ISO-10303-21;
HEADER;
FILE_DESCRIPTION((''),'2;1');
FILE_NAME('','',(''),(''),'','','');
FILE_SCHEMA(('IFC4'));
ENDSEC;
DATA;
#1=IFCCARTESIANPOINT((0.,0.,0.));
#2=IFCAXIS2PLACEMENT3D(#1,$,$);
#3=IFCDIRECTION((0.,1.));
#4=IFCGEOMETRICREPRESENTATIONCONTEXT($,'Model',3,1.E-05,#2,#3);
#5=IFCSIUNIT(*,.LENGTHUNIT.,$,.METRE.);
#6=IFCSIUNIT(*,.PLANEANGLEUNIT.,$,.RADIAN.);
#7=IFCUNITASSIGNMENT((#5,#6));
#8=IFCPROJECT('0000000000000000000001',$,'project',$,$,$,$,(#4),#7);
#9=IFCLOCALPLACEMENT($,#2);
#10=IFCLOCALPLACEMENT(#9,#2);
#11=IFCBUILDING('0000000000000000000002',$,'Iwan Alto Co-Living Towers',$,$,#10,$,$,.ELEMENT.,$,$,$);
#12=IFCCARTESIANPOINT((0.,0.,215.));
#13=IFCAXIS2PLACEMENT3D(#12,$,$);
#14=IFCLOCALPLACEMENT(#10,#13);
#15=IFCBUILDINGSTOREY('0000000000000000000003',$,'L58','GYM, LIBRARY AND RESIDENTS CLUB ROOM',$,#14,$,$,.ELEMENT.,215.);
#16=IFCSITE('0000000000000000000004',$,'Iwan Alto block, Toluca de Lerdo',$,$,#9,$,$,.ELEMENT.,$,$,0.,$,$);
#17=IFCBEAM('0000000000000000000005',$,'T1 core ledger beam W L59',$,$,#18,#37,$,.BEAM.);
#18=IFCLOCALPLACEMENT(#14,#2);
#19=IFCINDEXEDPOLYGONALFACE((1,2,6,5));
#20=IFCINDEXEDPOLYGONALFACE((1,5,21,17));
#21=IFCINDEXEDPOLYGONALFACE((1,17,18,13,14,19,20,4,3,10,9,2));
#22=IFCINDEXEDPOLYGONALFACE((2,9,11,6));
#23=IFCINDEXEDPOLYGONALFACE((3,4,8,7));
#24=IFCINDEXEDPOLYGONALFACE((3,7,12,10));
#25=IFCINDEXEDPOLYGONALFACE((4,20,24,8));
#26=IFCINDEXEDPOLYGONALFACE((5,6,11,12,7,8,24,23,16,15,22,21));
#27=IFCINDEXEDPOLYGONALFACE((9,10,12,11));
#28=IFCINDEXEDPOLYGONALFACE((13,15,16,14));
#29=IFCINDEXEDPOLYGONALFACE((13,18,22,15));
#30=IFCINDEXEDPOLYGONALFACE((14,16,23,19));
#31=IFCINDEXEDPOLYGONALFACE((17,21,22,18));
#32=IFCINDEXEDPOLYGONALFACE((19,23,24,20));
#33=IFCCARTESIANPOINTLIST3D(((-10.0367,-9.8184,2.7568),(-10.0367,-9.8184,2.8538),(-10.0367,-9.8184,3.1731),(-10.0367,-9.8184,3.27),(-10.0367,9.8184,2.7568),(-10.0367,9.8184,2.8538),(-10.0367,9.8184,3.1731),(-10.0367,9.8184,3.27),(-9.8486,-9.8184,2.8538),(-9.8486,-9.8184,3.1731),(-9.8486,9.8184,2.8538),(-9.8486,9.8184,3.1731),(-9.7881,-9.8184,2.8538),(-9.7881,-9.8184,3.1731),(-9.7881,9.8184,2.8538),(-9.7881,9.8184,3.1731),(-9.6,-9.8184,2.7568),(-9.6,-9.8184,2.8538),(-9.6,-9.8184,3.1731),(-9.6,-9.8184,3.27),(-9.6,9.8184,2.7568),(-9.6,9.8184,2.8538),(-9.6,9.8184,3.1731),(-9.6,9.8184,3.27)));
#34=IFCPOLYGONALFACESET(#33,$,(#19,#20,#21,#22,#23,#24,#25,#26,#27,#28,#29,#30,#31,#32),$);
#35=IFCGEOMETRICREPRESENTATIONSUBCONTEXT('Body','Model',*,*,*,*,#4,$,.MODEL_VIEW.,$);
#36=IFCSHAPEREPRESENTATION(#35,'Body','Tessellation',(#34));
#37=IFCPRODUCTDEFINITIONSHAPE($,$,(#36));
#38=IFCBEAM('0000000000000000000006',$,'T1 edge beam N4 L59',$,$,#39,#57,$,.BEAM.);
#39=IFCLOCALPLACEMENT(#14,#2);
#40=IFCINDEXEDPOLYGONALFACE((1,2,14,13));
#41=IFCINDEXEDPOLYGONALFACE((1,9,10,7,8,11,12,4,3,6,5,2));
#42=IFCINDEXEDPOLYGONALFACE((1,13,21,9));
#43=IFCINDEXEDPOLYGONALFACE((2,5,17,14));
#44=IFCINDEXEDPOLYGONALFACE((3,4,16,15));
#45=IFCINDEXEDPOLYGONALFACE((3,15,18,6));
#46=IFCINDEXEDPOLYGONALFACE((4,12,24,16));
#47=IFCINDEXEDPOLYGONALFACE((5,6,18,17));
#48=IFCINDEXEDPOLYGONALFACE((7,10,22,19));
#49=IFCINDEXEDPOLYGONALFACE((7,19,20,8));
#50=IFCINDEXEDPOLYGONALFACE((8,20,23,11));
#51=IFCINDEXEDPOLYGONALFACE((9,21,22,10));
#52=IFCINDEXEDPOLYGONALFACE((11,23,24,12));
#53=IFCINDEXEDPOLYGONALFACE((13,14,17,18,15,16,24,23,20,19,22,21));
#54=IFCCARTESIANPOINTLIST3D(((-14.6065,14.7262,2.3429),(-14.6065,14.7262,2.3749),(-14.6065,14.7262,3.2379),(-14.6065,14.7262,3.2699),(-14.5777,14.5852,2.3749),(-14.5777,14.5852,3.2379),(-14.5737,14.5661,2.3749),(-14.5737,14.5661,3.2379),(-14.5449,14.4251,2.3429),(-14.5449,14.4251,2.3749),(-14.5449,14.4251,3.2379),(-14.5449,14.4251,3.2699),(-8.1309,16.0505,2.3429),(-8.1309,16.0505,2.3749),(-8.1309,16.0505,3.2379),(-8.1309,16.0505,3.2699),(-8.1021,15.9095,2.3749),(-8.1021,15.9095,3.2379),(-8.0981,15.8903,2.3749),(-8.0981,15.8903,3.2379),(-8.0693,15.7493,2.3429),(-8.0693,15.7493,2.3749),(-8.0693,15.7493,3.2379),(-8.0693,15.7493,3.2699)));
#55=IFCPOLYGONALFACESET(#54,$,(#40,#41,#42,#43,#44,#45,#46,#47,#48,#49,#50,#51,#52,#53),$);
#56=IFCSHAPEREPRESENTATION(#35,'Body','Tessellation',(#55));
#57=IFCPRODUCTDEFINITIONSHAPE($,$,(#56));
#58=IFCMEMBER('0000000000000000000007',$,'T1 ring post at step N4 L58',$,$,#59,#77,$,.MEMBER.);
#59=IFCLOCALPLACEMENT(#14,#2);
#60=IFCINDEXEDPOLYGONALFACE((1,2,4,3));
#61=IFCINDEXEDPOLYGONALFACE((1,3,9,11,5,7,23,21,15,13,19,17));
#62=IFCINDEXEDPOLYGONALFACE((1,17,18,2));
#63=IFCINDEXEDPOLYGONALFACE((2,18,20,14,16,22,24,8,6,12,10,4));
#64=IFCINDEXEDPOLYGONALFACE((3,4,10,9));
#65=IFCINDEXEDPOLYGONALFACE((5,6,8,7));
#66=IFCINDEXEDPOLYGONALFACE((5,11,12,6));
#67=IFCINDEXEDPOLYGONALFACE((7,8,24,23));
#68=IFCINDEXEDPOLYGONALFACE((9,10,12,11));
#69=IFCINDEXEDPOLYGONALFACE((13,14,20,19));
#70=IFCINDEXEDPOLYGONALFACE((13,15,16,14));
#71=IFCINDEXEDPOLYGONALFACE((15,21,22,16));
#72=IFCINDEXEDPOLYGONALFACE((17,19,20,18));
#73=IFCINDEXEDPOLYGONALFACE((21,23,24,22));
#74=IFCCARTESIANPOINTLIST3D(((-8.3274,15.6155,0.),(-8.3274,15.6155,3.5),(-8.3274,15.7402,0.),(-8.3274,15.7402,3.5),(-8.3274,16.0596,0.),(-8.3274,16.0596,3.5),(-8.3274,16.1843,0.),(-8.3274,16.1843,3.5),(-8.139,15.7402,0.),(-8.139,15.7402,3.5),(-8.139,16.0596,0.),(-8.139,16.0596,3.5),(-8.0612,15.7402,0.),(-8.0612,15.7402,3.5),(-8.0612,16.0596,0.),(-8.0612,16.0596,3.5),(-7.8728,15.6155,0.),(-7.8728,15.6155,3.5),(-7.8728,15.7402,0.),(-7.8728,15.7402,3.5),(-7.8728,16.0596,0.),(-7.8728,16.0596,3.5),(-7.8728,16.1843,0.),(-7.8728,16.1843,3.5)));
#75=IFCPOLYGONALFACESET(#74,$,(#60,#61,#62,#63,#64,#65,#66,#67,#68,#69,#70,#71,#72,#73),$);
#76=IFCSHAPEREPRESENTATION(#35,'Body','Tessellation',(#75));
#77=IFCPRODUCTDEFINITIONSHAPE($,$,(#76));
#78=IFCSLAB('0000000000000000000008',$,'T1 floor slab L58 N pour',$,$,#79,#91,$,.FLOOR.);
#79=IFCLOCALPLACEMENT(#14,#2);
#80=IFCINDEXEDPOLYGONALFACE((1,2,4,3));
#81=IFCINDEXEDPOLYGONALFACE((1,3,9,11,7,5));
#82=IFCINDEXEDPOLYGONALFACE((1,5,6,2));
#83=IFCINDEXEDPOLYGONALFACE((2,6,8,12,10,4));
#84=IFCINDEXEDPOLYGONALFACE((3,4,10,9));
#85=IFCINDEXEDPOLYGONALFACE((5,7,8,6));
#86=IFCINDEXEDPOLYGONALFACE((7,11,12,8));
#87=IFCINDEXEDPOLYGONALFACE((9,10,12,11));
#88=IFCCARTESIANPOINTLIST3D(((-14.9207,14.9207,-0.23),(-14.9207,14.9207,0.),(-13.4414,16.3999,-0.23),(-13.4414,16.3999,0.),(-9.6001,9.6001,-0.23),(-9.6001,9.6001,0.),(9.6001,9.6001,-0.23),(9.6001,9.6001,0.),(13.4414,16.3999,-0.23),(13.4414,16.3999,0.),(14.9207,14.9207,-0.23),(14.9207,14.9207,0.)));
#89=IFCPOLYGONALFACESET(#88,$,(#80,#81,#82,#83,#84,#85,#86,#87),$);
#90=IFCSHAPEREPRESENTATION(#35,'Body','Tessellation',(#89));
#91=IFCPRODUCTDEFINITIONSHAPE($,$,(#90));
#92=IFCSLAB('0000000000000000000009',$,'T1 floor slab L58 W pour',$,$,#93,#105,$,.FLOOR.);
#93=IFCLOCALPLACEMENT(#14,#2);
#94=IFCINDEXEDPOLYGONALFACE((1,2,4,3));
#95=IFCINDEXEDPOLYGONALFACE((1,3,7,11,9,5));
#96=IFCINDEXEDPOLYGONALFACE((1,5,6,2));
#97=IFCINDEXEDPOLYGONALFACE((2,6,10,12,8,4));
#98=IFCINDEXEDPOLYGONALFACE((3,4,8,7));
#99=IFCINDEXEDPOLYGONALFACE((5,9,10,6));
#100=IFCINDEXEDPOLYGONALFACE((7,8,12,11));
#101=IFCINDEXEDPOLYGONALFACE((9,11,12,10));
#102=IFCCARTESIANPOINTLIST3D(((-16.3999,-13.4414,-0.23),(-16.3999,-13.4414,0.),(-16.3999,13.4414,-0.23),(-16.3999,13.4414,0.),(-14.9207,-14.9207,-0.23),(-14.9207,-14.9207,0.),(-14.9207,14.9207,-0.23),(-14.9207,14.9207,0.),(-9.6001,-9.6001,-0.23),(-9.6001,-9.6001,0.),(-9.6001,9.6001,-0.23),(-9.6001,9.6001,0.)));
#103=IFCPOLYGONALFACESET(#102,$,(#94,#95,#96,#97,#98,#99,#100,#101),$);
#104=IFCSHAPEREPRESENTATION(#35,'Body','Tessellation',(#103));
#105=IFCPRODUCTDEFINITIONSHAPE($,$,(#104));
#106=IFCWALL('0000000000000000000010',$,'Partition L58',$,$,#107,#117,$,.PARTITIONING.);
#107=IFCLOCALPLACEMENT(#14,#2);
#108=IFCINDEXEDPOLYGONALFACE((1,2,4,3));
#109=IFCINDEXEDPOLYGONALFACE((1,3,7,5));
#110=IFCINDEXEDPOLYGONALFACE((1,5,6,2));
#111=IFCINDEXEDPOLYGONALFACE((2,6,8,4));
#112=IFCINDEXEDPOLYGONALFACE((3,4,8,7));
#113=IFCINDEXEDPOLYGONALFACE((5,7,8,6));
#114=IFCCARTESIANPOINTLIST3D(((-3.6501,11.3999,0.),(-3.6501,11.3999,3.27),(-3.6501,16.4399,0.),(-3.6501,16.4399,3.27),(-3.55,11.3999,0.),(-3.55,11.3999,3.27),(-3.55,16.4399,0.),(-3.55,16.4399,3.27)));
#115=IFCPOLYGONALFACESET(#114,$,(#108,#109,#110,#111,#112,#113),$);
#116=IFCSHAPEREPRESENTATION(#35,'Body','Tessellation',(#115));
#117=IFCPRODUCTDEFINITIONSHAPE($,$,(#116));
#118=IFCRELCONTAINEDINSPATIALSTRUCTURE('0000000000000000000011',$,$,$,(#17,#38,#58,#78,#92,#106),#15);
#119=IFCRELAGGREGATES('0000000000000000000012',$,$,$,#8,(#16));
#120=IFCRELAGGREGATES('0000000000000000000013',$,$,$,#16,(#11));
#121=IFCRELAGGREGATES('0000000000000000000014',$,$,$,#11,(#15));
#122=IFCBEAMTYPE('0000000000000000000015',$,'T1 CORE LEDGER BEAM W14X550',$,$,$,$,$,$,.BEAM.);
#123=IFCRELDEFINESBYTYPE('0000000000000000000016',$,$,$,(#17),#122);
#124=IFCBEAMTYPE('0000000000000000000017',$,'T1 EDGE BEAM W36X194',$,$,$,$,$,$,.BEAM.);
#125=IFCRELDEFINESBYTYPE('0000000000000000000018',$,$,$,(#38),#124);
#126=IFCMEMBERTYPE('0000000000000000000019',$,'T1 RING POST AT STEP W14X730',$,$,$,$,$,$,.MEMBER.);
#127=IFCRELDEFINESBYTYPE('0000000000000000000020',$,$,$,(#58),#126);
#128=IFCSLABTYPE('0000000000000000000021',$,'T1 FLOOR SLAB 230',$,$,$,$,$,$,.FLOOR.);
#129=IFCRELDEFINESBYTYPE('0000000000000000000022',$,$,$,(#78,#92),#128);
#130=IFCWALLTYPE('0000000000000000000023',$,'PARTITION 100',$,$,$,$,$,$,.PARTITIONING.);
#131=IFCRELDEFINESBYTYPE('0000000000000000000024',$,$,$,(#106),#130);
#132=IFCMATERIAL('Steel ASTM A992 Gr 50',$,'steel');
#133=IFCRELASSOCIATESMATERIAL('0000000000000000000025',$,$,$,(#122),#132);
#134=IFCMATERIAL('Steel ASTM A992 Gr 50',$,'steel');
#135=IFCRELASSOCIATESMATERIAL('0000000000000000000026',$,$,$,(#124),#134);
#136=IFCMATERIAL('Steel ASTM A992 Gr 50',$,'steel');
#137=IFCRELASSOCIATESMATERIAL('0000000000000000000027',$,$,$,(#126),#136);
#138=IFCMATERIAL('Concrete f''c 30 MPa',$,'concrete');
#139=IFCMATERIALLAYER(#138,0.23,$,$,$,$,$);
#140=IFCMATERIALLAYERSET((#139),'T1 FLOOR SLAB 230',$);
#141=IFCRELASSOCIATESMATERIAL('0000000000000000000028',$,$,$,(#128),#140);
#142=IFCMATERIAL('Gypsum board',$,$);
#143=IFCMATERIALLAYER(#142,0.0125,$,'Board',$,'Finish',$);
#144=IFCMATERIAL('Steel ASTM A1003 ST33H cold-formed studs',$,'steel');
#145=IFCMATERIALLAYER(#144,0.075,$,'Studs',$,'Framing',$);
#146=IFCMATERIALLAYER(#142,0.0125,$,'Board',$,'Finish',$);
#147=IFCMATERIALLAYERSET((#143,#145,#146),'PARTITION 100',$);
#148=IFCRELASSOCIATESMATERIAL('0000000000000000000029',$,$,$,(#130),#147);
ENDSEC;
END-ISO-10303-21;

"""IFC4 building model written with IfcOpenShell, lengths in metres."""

from ifc_helpers import new_model, si_unit, direction, frame, frame_2d, origin, origin_2d, place, context, subcontext, project, spatial, polyline, rectangle, i_section, outline, extrude, material, layer, layer_set, material_profile, profile_set, type_object, element, save


model = new_model("IFC4")

# Units and contexts
model_context = context("Model", 3, precision=1e-05, world=origin(), true_north=direction((0.0, 1.0)))
body_context = subcontext(model_context, "Body", "Model", "MODEL_VIEW")
ifc_project = project(units=[si_unit("LENGTHUNIT", "METRE"), si_unit("PLANEANGLEUNIT", "RADIAN")], contexts=[model_context])

# Site, building, storey
site_placement = place(None, origin())
site = spatial("IfcSite", under=ifc_project, at=site_placement, Name="Iwan Alto block, Toluca de Lerdo", CompositionType="ELEMENT", RefElevation=0.0)
building_placement = place(site_placement, origin())
building = spatial("IfcBuilding", under=site, at=building_placement, Name="Iwan Alto Co-Living Towers", CompositionType="ELEMENT")
storey_placement = place(building_placement, frame((0.0, 0.0, 215.0)))
storey = spatial("IfcBuildingStorey", under=building, at=storey_placement, Name="L58", Description="GYM, LIBRARY AND RESIDENTS CLUB ROOM", CompositionType="ELEMENT", Elevation=215.0)

# Beams
ifc_material_1 = material(Name="Steel ASTM A992 Gr 50", Category="steel")
ifc_material_profile_1 = material_profile(ifc_material_1, i_section(OverallWidth=0.4368, OverallDepth=0.5132, WebThickness=0.0605, FlangeThickness=0.0969, at=origin_2d()), Name="W14X550")
ifc_profile_set_1 = profile_set([ifc_material_profile_1], Name="Steel ASTM A992 Gr 50")
beam_type_1 = type_object("IfcBeamType", Name="T1 CORE LEDGER BEAM W14X550", PredefinedType="BEAM", material=ifc_profile_set_1)
beam_1_placement = place(storey_placement, frame((-9.8184, 9.8184, 3.0134), z_axis=(0.0, -1.0, 0.0), x_axis=(1.0, 0.0, 0.0)))
element("IfcBeam", 1, at=beam_1_placement, inside=storey, type_object=beam_type_1, Name="T1 core ledger beam W L59", PredefinedType="BEAM", context=body_context, shape_type="SweptSolid", body=[
    extrude(i_section(OverallWidth=0.4368, OverallDepth=0.5132, WebThickness=0.0605, FlangeThickness=0.0969, at=origin_2d()), origin(), (0.0, 0.0, 1.0), 19.6367),
])
ifc_material_2 = material(Name="Steel ASTM A992 Gr 50", Category="steel")
ifc_material_profile_2 = material_profile(ifc_material_2, i_section(OverallWidth=0.3074, OverallDepth=0.927, WebThickness=0.0195, FlangeThickness=0.032, at=origin_2d()), Name="W36X194")
ifc_profile_set_2 = profile_set([ifc_material_profile_2], Name="Steel ASTM A992 Gr 50")
beam_type_2 = type_object("IfcBeamType", Name="T1 EDGE BEAM W36X194", PredefinedType="BEAM", material=ifc_profile_set_2)
beam_2_placement = place(storey_placement, frame((-8.1001, 15.8999, 2.8064), z_axis=(-0.979725, -0.200348, 0.0), x_axis=(0.200348, -0.979725, 0.0)))
element("IfcBeam", 2, at=beam_2_placement, inside=storey, type_object=beam_type_2, Name="T1 edge beam N4 L59", PredefinedType="BEAM", context=body_context, shape_type="SweptSolid", body=[
    extrude(i_section(OverallWidth=0.3074, OverallDepth=0.927, WebThickness=0.0195, FlangeThickness=0.032, at=origin_2d()), origin(), (0.0, 0.0, 1.0), 6.6096),
])

# Member
ifc_material_3 = material(Name="Steel ASTM A992 Gr 50", Category="steel")
ifc_material_profile_3 = material_profile(ifc_material_3, i_section(OverallWidth=0.4546, OverallDepth=0.5688, WebThickness=0.0779, FlangeThickness=0.1248, at=origin_2d()), Name="W14X730")
ifc_profile_set_3 = profile_set([ifc_material_profile_3], Name="Steel ASTM A992 Gr 50")
member_type = type_object("IfcMemberType", Name="T1 RING POST AT STEP W14X730", PredefinedType="MEMBER", material=ifc_profile_set_3)
member_placement = place(storey_placement, frame((-8.1001, 15.8999, 0.0), z_axis=(0.0, 0.0, 1.0), x_axis=(1.0, 0.0, 0.0)))
element("IfcMember", 3, at=member_placement, inside=storey, type_object=member_type, Name="T1 ring post at step N4 L58", PredefinedType="MEMBER", context=body_context, shape_type="SweptSolid", body=[
    extrude(i_section(OverallWidth=0.4546, OverallDepth=0.5688, WebThickness=0.0779, FlangeThickness=0.1248, at=origin_2d()), origin(), (0.0, 0.0, 1.0), 3.5),
])

# Slabs
ifc_material_4 = material(Name="Concrete f'c 30 MPa", Category="concrete")
ifc_layer_1 = layer(ifc_material_4, 0.23)
ifc_layer_set_1 = layer_set([ifc_layer_1], Name="T1 FLOOR SLAB 230")
slab_type = type_object("IfcSlabType", Name="T1 FLOOR SLAB 230", PredefinedType="FLOOR", material=ifc_layer_set_1)
slab_1_placement = place(storey_placement, frame((0.0, 0.0, -0.23)))
element("IfcSlab", 4, at=slab_1_placement, inside=storey, type_object=slab_type, Name="T1 floor slab L58 N pour", PredefinedType="FLOOR", context=body_context, shape_type="SweptSolid", body=[
    extrude(outline(polyline([(-13.4414, 16.3999), (13.4414, 16.3999), (14.9207, 14.9207), (9.6001, 9.6001), (-9.6001, 9.6001), (-14.9207, 14.9207), (-13.4414, 16.3999)])), origin(), (0.0, 0.0, 1.0), 0.23),
])
slab_2_placement = place(storey_placement, frame((0.0, 0.0, -0.23)))
element("IfcSlab", 5, at=slab_2_placement, inside=storey, type_object=slab_type, Name="T1 floor slab L58 W pour", PredefinedType="FLOOR", context=body_context, shape_type="SweptSolid", body=[
    extrude(outline(polyline([(-16.3999, 13.4414), (-14.9207, 14.9207), (-9.6001, 9.6001), (-9.6001, -9.6001), (-14.9207, -14.9207), (-16.3999, -13.4414), (-16.3999, 13.4414)])), origin(), (0.0, 0.0, 1.0), 0.23),
])

# Wall
ifc_material_5 = material(Name="Gypsum board")
ifc_layer_2 = layer(ifc_material_5, 0.0125, Name="Board", Category="Finish")
ifc_material_6 = material(Name="Steel ASTM A1003 ST33H cold-formed studs", Category="steel")
ifc_layer_3 = layer(ifc_material_6, 0.075, Name="Studs", Category="Framing")
ifc_layer_4 = layer(ifc_material_5, 0.0125, Name="Board", Category="Finish")
ifc_layer_set_2 = layer_set([ifc_layer_2, ifc_layer_3, ifc_layer_4], Name="PARTITION 100")
wall_type_1 = type_object("IfcWallType", Name="PARTITION 100", PredefinedType="PARTITIONING", material=ifc_layer_set_2)
wall_1_placement = place(storey_placement, frame((-3.6001, 11.3999, 0.0), z_axis=(0.0, 0.0, 1.0), x_axis=(0.0, 1.0, 0.0)))
element("IfcWall", 6, at=wall_1_placement, inside=storey, type_object=wall_type_1, Name="Partition L58", PredefinedType="PARTITIONING", context=body_context, shape_type="SweptSolid", body=[
    extrude(rectangle(XDim=5.04, YDim=0.1001, at=frame_2d((2.52, 0.0))), origin(), (0.0, 0.0, 1.0), 3.27),
])

save(model, "model.ifc")
